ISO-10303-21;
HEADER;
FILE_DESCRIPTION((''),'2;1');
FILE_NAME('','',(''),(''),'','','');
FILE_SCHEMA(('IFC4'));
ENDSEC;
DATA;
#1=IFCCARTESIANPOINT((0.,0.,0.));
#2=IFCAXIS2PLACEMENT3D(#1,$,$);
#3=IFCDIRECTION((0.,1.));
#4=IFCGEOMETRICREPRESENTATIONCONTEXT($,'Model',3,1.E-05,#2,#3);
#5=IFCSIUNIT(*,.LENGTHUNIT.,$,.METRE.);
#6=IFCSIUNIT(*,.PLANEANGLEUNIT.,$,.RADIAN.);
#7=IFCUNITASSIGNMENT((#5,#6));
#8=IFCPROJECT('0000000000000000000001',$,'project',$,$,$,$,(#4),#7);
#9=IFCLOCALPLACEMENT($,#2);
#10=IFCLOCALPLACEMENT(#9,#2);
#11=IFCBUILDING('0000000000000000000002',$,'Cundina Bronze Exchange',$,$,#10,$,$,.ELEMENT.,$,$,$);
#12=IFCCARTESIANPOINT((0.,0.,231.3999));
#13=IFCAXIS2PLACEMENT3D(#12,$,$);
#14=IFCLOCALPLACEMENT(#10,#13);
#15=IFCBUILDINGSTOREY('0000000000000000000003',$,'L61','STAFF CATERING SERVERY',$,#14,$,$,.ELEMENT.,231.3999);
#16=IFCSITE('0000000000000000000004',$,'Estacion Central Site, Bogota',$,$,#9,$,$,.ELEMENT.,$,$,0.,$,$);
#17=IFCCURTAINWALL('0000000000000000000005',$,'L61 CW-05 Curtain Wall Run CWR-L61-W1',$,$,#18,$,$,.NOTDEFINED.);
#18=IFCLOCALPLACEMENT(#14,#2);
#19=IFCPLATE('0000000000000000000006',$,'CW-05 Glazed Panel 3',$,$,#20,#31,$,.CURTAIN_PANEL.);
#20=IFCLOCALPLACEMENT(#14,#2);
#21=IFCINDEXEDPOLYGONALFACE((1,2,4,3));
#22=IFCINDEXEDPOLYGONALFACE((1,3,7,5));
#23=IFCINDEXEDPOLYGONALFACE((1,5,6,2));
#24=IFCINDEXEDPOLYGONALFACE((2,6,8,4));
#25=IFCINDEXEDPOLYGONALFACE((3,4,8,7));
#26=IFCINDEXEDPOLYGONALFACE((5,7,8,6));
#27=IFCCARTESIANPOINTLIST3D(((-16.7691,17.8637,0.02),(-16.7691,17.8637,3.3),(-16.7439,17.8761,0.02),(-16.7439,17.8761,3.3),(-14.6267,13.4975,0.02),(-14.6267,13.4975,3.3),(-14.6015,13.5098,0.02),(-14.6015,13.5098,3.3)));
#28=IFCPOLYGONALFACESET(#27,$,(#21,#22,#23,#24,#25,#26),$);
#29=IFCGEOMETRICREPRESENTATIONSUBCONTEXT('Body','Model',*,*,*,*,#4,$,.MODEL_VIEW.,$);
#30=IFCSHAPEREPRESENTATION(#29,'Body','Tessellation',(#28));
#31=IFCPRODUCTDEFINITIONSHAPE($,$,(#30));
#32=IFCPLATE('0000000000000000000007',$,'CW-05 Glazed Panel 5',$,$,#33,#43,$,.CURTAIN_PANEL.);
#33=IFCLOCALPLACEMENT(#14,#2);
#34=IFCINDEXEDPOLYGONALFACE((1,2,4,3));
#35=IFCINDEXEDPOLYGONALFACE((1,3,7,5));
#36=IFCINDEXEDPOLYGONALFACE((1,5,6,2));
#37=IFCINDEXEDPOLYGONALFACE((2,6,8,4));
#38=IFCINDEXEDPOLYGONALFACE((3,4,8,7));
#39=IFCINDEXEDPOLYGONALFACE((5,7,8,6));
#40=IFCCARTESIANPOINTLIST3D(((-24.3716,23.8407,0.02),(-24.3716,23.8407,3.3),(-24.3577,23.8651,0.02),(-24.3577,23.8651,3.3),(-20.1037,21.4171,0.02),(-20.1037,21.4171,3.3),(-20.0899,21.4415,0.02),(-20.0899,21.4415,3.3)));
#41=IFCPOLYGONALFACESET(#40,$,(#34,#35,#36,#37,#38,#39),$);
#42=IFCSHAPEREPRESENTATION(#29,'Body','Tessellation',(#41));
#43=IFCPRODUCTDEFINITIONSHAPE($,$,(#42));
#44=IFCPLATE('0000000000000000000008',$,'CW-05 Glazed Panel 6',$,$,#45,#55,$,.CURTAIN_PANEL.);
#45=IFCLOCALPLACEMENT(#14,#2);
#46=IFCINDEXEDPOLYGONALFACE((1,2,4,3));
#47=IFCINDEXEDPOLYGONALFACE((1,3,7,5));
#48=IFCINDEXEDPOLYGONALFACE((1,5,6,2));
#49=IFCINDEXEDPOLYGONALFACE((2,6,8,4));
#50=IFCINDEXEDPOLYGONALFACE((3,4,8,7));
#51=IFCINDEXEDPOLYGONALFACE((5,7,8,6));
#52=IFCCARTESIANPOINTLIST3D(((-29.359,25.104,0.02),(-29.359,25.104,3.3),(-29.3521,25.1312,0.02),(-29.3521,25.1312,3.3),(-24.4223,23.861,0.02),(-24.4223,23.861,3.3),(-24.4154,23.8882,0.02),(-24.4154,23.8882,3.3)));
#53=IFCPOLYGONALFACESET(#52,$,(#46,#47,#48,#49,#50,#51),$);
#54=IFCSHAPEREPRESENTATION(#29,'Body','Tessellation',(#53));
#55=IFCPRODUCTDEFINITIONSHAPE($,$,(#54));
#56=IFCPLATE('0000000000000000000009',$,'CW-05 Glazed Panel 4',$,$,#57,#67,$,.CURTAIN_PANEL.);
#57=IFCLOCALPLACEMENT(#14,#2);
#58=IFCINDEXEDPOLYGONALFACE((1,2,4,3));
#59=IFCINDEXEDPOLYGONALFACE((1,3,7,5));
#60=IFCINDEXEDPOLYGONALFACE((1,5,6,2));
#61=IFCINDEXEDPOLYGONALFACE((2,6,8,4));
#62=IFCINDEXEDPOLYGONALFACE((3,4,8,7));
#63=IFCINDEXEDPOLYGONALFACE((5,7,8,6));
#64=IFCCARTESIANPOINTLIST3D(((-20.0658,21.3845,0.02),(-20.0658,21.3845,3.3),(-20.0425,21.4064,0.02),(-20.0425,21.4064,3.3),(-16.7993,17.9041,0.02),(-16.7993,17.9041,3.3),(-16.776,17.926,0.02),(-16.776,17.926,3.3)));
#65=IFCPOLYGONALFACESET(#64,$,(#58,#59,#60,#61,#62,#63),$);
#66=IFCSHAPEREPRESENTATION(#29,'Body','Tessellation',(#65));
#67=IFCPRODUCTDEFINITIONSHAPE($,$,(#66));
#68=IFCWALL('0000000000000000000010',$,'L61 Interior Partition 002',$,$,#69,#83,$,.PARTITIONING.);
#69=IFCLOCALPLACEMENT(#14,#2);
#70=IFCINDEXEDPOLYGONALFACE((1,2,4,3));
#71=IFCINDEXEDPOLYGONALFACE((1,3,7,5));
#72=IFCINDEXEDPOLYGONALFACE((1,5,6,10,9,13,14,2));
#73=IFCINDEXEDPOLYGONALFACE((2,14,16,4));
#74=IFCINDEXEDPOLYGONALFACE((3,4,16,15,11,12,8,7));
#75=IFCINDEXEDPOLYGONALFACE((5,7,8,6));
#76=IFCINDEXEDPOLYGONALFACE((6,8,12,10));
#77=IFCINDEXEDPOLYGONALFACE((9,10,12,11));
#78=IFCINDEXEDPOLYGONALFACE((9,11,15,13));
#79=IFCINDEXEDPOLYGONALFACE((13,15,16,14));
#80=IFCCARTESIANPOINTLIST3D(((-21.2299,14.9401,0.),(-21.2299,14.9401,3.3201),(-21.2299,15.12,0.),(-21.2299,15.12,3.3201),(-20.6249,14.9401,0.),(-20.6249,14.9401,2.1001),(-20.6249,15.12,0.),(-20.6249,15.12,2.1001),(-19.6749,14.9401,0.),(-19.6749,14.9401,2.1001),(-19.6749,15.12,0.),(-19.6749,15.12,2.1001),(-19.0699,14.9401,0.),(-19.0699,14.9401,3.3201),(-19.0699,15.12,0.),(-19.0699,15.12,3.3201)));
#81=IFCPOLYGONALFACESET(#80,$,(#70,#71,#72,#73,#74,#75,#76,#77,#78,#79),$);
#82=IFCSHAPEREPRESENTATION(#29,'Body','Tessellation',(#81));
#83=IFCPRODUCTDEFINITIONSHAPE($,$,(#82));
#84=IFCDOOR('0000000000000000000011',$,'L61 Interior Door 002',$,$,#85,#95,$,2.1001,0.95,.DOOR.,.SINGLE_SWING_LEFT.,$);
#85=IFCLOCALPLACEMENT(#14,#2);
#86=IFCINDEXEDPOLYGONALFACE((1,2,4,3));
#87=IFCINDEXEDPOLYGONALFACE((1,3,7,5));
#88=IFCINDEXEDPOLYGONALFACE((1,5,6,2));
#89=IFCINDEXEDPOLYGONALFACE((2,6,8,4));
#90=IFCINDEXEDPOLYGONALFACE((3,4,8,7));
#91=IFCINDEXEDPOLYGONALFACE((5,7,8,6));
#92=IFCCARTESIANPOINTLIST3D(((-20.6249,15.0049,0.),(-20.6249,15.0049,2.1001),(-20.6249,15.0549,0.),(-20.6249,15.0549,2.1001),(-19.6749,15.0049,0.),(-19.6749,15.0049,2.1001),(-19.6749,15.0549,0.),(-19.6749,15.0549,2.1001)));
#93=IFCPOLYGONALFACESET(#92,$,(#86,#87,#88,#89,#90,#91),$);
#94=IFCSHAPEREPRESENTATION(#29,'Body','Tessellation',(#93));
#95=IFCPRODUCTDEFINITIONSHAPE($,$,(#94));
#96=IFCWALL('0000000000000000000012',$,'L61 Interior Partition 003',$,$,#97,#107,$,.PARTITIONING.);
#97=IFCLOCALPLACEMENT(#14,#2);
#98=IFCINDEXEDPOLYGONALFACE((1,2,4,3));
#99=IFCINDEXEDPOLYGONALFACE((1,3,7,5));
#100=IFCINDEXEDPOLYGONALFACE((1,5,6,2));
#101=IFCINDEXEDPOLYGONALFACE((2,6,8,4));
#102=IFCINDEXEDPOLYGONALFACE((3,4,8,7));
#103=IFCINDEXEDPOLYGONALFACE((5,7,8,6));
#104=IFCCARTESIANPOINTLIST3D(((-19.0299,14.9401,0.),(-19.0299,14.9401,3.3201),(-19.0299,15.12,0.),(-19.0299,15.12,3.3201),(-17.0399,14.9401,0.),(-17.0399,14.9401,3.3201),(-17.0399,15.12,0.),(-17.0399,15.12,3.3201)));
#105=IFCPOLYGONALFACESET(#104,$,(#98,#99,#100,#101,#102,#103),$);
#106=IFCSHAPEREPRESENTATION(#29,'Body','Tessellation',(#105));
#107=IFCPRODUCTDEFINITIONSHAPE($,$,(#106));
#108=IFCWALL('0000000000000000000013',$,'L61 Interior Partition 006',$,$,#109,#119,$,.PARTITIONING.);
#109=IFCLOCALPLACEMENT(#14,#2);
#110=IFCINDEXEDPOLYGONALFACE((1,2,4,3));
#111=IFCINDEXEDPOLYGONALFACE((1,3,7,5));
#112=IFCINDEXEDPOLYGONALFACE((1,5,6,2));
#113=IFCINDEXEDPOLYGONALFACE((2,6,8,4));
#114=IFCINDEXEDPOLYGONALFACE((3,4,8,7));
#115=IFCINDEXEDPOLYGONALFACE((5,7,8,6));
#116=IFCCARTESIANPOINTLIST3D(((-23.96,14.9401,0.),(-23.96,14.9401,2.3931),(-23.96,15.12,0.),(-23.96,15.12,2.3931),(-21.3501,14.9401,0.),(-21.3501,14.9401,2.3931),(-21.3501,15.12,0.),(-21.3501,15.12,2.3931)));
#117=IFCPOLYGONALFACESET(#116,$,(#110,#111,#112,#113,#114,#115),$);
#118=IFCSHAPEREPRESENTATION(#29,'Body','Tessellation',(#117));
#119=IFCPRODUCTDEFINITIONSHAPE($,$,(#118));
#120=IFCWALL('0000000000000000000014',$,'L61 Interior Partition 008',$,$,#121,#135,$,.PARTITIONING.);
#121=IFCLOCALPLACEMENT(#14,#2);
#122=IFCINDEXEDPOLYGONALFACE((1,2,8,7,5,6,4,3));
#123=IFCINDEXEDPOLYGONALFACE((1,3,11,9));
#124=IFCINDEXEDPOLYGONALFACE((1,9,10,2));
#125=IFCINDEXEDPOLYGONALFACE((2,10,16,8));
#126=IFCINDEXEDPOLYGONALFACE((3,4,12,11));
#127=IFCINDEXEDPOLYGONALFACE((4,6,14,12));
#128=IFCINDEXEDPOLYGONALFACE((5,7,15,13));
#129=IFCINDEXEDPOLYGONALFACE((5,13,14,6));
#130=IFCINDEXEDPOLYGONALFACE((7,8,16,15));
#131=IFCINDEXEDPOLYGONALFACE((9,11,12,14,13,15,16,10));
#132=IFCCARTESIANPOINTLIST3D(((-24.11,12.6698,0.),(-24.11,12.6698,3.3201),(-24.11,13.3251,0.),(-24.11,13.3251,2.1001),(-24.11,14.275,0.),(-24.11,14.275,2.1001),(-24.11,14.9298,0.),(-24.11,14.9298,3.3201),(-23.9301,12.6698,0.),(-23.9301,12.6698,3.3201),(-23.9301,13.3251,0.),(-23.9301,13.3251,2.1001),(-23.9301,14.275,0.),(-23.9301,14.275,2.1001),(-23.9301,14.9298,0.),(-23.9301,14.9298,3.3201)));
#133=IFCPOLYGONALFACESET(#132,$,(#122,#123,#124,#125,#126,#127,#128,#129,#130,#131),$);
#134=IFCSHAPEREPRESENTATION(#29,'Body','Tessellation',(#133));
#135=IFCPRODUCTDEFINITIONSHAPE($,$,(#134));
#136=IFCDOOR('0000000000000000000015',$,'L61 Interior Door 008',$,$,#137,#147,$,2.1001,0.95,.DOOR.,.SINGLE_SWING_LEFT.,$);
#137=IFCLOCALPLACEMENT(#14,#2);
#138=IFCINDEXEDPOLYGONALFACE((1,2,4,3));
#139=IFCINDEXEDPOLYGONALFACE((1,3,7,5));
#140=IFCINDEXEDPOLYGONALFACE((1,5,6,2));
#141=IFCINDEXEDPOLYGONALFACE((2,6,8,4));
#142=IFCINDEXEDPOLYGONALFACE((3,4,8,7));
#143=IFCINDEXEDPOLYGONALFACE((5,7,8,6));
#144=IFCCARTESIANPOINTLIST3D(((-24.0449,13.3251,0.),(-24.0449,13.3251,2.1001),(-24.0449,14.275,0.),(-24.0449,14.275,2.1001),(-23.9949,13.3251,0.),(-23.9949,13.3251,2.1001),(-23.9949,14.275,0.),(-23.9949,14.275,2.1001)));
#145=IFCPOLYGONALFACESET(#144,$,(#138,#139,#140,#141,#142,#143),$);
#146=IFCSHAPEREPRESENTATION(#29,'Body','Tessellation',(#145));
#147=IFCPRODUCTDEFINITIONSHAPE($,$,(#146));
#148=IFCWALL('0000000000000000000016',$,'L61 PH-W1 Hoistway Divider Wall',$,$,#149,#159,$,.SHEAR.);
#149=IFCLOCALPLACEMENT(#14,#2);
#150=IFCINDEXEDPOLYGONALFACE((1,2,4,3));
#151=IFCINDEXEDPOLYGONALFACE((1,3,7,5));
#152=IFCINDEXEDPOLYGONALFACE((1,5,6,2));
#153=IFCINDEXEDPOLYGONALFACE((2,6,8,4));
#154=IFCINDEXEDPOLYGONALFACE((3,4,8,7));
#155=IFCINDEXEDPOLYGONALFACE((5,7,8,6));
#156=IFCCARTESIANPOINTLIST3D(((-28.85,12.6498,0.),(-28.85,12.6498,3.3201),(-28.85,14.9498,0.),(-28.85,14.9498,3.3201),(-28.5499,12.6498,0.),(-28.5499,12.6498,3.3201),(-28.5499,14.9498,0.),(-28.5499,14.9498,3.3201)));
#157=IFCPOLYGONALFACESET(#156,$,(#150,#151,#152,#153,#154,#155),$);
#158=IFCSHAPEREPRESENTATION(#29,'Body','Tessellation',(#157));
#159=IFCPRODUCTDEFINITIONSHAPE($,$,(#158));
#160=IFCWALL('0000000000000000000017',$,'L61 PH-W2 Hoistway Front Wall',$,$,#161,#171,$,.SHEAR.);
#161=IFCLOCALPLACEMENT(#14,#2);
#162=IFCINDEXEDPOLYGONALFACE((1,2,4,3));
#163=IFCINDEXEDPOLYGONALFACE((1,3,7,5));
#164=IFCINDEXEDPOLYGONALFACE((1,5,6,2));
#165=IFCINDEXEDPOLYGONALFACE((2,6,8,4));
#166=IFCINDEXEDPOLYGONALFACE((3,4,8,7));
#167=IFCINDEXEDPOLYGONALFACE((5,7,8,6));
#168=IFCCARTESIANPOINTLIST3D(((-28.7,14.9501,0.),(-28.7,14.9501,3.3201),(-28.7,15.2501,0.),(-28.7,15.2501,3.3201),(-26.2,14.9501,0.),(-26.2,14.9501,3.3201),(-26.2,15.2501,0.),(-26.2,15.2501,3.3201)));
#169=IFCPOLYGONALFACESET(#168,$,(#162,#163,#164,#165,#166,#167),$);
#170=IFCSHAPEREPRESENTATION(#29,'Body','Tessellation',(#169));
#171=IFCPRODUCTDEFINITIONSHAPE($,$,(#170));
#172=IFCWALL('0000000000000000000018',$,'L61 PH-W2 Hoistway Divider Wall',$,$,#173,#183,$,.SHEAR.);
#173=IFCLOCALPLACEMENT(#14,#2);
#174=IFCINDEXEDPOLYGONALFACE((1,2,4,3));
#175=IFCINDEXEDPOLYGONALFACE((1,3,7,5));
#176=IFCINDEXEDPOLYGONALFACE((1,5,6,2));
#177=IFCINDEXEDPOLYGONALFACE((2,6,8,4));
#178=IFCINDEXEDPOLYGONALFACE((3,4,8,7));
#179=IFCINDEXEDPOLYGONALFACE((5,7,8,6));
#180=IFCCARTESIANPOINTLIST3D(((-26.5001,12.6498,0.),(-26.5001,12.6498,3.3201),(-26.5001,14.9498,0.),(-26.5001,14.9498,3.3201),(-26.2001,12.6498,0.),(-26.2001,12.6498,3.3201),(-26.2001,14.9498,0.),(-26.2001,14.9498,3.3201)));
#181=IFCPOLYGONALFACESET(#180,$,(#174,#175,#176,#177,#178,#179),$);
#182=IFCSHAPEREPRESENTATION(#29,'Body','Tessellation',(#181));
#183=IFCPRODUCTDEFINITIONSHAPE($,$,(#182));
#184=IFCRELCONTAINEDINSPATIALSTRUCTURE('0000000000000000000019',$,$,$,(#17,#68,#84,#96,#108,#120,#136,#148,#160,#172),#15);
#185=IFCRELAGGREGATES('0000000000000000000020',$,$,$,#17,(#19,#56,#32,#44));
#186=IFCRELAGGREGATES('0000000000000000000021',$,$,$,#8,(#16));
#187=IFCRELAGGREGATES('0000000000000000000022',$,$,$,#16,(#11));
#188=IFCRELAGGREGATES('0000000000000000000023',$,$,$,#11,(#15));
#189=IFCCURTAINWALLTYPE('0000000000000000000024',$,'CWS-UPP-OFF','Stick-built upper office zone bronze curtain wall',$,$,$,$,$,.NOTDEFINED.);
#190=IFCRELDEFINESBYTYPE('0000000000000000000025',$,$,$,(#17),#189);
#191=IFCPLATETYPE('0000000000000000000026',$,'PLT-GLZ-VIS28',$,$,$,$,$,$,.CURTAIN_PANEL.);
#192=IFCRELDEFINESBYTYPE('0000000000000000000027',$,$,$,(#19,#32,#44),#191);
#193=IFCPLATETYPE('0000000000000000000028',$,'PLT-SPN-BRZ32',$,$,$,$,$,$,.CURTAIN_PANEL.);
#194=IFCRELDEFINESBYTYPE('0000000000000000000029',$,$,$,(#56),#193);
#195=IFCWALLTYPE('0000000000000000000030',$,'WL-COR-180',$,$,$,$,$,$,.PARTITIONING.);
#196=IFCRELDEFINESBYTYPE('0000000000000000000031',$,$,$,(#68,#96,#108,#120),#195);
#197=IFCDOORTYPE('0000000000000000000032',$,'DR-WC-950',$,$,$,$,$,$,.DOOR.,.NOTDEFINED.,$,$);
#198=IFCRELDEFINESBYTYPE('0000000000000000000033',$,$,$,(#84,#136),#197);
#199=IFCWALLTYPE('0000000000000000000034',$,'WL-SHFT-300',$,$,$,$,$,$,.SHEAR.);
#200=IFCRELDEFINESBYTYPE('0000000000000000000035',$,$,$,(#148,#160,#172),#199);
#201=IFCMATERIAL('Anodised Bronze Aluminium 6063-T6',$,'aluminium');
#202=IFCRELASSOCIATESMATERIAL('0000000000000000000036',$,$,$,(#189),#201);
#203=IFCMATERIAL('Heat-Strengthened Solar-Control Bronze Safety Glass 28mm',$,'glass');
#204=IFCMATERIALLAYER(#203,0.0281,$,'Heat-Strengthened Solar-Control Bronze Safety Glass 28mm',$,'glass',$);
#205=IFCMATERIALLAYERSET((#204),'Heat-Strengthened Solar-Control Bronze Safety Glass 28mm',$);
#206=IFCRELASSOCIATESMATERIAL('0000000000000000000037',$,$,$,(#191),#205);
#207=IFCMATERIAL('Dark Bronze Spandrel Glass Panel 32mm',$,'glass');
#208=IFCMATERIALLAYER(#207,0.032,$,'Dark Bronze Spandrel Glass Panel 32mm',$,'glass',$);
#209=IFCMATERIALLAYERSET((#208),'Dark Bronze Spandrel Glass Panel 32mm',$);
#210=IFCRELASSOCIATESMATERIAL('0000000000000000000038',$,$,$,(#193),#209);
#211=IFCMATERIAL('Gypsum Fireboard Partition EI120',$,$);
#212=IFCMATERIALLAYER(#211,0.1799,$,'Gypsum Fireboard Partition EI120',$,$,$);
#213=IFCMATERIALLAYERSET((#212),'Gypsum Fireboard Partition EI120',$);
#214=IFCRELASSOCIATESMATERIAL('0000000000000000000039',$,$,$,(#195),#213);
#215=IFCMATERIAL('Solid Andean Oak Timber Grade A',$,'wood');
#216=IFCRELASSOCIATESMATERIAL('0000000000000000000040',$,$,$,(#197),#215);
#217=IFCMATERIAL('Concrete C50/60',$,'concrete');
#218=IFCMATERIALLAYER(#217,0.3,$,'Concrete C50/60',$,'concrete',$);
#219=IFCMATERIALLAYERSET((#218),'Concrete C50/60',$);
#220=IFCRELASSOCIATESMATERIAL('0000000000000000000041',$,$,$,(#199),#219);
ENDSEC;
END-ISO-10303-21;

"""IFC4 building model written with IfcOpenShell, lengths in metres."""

from ifc_helpers import new_model, si_unit, direction, frame, frame_2d, origin, origin_2d, place, context, subcontext, project, spatial, rectangle, extrude, material, layer, layer_set, type_object, element, fill, aggregate, save


model = new_model("IFC4")

# Units and contexts
model_context = context("Model", 3, precision=1e-05, world=origin(), true_north=direction((0.0, 1.0)))
body_context = subcontext(model_context, "Body", "Model", "MODEL_VIEW")
ifc_project = project(units=[si_unit("LENGTHUNIT", "METRE"), si_unit("PLANEANGLEUNIT", "RADIAN")], contexts=[model_context])

# Site, building, storey
site_placement = place(None, origin())
site = spatial("IfcSite", under=ifc_project, at=site_placement, Name="Estacion Central Site, Bogota", CompositionType="ELEMENT", RefElevation=0.0)
building_placement = place(site_placement, origin())
building = spatial("IfcBuilding", under=site, at=building_placement, Name="Cundina Bronze Exchange", CompositionType="ELEMENT")
storey_placement = place(building_placement, frame((0.0, 0.0, 231.3999)))
storey = spatial("IfcBuildingStorey", under=building, at=storey_placement, Name="L61", Description="STAFF CATERING SERVERY", CompositionType="ELEMENT", Elevation=231.3999)

# Shared definitions
ifc_material_1 = material(Name="Concrete C50/60", Category="concrete")

# Curtain wall, plates
ifc_material_2 = material(Name="Anodised Bronze Aluminium 6063-T6", Category="aluminium")
curtain_wall_type = type_object("IfcCurtainWallType", Name="CWS-UPP-OFF", Description="Stick-built upper office zone bronze curtain wall", PredefinedType="NOTDEFINED", material=ifc_material_2)
curtain_wall_placement = place(storey_placement, origin())
curtain_wall = element("IfcCurtainWall", 1, at=curtain_wall_placement, inside=storey, type_object=curtain_wall_type, Name="L61 CW-05 Curtain Wall Run CWR-L61-W1", PredefinedType="NOTDEFINED")
ifc_material_3 = material(Name="Heat-Strengthened Solar-Control Bronze Safety Glass 28mm", Category="glass")
ifc_layer_1 = layer(ifc_material_3, 0.0281, Name="Heat-Strengthened Solar-Control Bronze Safety Glass 28mm", Category="glass")
ifc_layer_set_1 = layer_set([ifc_layer_1], Name="Heat-Strengthened Solar-Control Bronze Safety Glass 28mm")
plate_type_1 = type_object("IfcPlateType", Name="PLT-GLZ-VIS28", PredefinedType="CURTAIN_PANEL", material=ifc_layer_set_1)
plate_1_placement = place(storey_placement, frame((-15.6853, 15.6868, 0.02), z_axis=(0.0, 0.0, 1.0), x_axis=(-0.440503, 0.897751, 0.0)))
plate_1 = element("IfcPlate", 2, at=plate_1_placement, type_object=plate_type_1, Name="CW-05 Glazed Panel 3", PredefinedType="CURTAIN_PANEL", context=body_context, shape_type="SweptSolid", body=[
    extrude(rectangle(XDim=4.8635, YDim=0.0281, at=origin_2d()), origin(), (0.0, 0.0, 1.0), 3.28),
])
plate_2_placement = place(storey_placement, frame((-22.2307, 22.6411, 0.02), z_axis=(0.0, 0.0, 1.0), x_axis=(-0.869573, 0.493805, 0.0)))
plate_2 = element("IfcPlate", 3, at=plate_2_placement, type_object=plate_type_1, Name="CW-05 Glazed Panel 5", PredefinedType="CURTAIN_PANEL", context=body_context, shape_type="SweptSolid", body=[
    extrude(rectangle(XDim=4.908, YDim=0.0281, at=origin_2d()), origin(), (0.0, 0.0, 1.0), 3.28),
])
plate_3_placement = place(storey_placement, frame((-26.8872, 24.4961, 0.02), z_axis=(0.0, 0.0, 1.0), x_axis=(-0.969732, 0.244174, 0.0)))
plate_3 = element("IfcPlate", 4, at=plate_3_placement, type_object=plate_type_1, Name="CW-05 Glazed Panel 6", PredefinedType="CURTAIN_PANEL", context=body_context, shape_type="SweptSolid", body=[
    extrude(rectangle(XDim=5.0908, YDim=0.0281, at=origin_2d()), origin(), (0.0, 0.0, 1.0), 3.28),
])
ifc_material_4 = material(Name="Dark Bronze Spandrel Glass Panel 32mm", Category="glass")
ifc_layer_2 = layer(ifc_material_4, 0.032, Name="Dark Bronze Spandrel Glass Panel 32mm", Category="glass")
ifc_layer_set_2 = layer_set([ifc_layer_2], Name="Dark Bronze Spandrel Glass Panel 32mm")
plate_type_2 = type_object("IfcPlateType", Name="PLT-SPN-BRZ32", PredefinedType="CURTAIN_PANEL", material=ifc_layer_set_2)
plate_4_placement = place(storey_placement, frame((-18.4209, 19.6553, 0.02), z_axis=(0.0, 0.0, 1.0), x_axis=(-0.684344, 0.72916, 0.0)))
plate_4 = element("IfcPlate", 5, at=plate_4_placement, type_object=plate_type_2, Name="CW-05 Glazed Panel 4", PredefinedType="CURTAIN_PANEL", context=body_context, shape_type="SweptSolid", body=[
    extrude(rectangle(XDim=4.7732, YDim=0.032, at=origin_2d()), origin(), (0.0, 0.0, 1.0), 3.28),
])
aggregate(curtain_wall, [plate_1, plate_4, plate_2, plate_3])

# Wall, opening, door
ifc_material_5 = material(Name="Gypsum Fireboard Partition EI120")
ifc_layer_3 = layer(ifc_material_5, 0.1799, Name="Gypsum Fireboard Partition EI120")
ifc_layer_set_3 = layer_set([ifc_layer_3], Name="Gypsum Fireboard Partition EI120")
wall_type_1 = type_object("IfcWallType", Name="WL-COR-180", PredefinedType="PARTITIONING", material=ifc_layer_set_3)
wall_1_placement = place(storey_placement, frame((-21.23, 15.03, 0.0), z_axis=(0.0, 0.0, 1.0), x_axis=(1.0, 0.0, 0.0)))
wall_1 = element("IfcWall", 6, at=wall_1_placement, inside=storey, type_object=wall_type_1, Name="L61 Interior Partition 002", PredefinedType="PARTITIONING", context=body_context, shape_type="SweptSolid", body=[
    extrude(rectangle(XDim=2.1599, YDim=0.1799, at=frame_2d((1.0801, 0.0))), origin(), (0.0, 0.0, 1.0), 3.3201),
])
opening_1_placement = place(wall_1_placement, frame((0.605, 0.0, 0.0)))
opening_1 = element("IfcOpeningElement", 7, at=opening_1_placement, cuts=wall_1, PredefinedType="OPENING", context=body_context, shape_type="SweptSolid", body=[
    extrude(rectangle(XDim=0.95, YDim=2.1001, at=frame_2d((0.4751, 1.05))), frame((0.0, 0.0999, 0.0), z_axis=(0.0, -1.0, 0.0), x_axis=(1.0, 0.0, 0.0)), (0.0, 0.0, 1.0), 0.2),
])
ifc_material_6 = material(Name="Solid Andean Oak Timber Grade A", Category="wood")
door_type_1 = type_object("IfcDoorType", Name="DR-WC-950", OperationType="NOTDEFINED", PredefinedType="DOOR", material=ifc_material_6)
door_1_placement = place(opening_1_placement, origin())
door_1 = element("IfcDoor", 8, at=door_1_placement, inside=storey, type_object=door_type_1, Name="L61 Interior Door 002", OperationType="SINGLE_SWING_LEFT", OverallHeight=2.1001, OverallWidth=0.95, PredefinedType="DOOR", context=body_context, shape_type="SweptSolid", body=[
    extrude(rectangle(XDim=0.95, YDim=2.1001, at=frame_2d((0.4751, 1.05))), frame((0.0, 0.0249, 0.0), z_axis=(0.0, -1.0, 0.0), x_axis=(1.0, 0.0, 0.0)), (0.0, 0.0, 1.0), 0.05),
])
fill(opening_1, door_1)

# Walls
wall_2_placement = place(storey_placement, frame((-19.03, 15.03, 0.0), z_axis=(0.0, 0.0, 1.0), x_axis=(1.0, 0.0, 0.0)))
element("IfcWall", 9, at=wall_2_placement, inside=storey, type_object=wall_type_1, Name="L61 Interior Partition 003", PredefinedType="PARTITIONING", context=body_context, shape_type="SweptSolid", body=[
    extrude(rectangle(XDim=1.99, YDim=0.1799, at=frame_2d((0.9951, 0.0))), origin(), (0.0, 0.0, 1.0), 3.3201),
])
wall_3_placement = place(storey_placement, frame((-23.96, 15.03, 0.0), z_axis=(0.0, 0.0, 1.0), x_axis=(1.0, 0.0, 0.0)))
element("IfcWall", 10, at=wall_3_placement, inside=storey, type_object=wall_type_1, Name="L61 Interior Partition 006", PredefinedType="PARTITIONING", context=body_context, shape_type="SweptSolid", body=[
    extrude(rectangle(XDim=2.6099, YDim=0.1799, at=frame_2d((1.3049, 0.0))), origin(), (0.0, 0.0, 1.0), 2.3931),
])

# Wall, opening, door
wall_4_placement = place(storey_placement, frame((-24.02, 12.6699, 0.0), z_axis=(0.0, 0.0, 1.0), x_axis=(0.0, 1.0, 0.0)))
wall_4 = element("IfcWall", 11, at=wall_4_placement, inside=storey, type_object=wall_type_1, Name="L61 Interior Partition 008", PredefinedType="PARTITIONING", context=body_context, shape_type="SweptSolid", body=[
    extrude(rectangle(XDim=2.26, YDim=0.1799, at=frame_2d((1.1299, 0.0))), origin(), (0.0, 0.0, 1.0), 3.3201),
])
opening_2_placement = place(wall_4_placement, frame((0.655, 0.0, 0.0)))
opening_2 = element("IfcOpeningElement", 12, at=opening_2_placement, cuts=wall_4, PredefinedType="OPENING", context=body_context, shape_type="SweptSolid", body=[
    extrude(rectangle(XDim=0.95, YDim=2.1001, at=frame_2d((0.4751, 1.05))), frame((0.0, 0.0999, 0.0), z_axis=(0.0, -1.0, 0.0), x_axis=(1.0, 0.0, 0.0)), (0.0, 0.0, 1.0), 0.2),
])
door_2_placement = place(opening_2_placement, origin())
door_2 = element("IfcDoor", 13, at=door_2_placement, inside=storey, type_object=door_type_1, Name="L61 Interior Door 008", OperationType="SINGLE_SWING_LEFT", OverallHeight=2.1001, OverallWidth=0.95, PredefinedType="DOOR", context=body_context, shape_type="SweptSolid", body=[
    extrude(rectangle(XDim=0.95, YDim=2.1001, at=frame_2d((0.4751, 1.05))), frame((0.0, 0.0249, 0.0), z_axis=(0.0, -1.0, 0.0), x_axis=(1.0, 0.0, 0.0)), (0.0, 0.0, 1.0), 0.05),
])
fill(opening_2, door_2)
ifc_layer_4 = layer(ifc_material_1, 0.3, Name="Concrete C50/60", Category="concrete")
ifc_layer_set_4 = layer_set([ifc_layer_4], Name="Concrete C50/60")
wall_type_2 = type_object("IfcWallType", Name="WL-SHFT-300", PredefinedType="SHEAR", material=ifc_layer_set_4)

# Walls
wall_5_placement = place(storey_placement, frame((-28.7, 12.6499, 0.0), z_axis=(0.0, 0.0, 1.0), x_axis=(0.0, 1.0, 0.0)))
element("IfcWall", 14, at=wall_5_placement, inside=storey, type_object=wall_type_2, Name="L61 PH-W1 Hoistway Divider Wall", PredefinedType="SHEAR", context=body_context, shape_type="SweptSolid", body=[
    extrude(rectangle(XDim=2.3, YDim=0.3, at=frame_2d((1.1499, 0.0))), origin(), (0.0, 0.0, 1.0), 3.3201),
])
wall_6_placement = place(storey_placement, frame((-28.7, 15.1001, 0.0), z_axis=(0.0, 0.0, 1.0), x_axis=(1.0, 0.0, 0.0)))
element("IfcWall", 15, at=wall_6_placement, inside=storey, type_object=wall_type_2, Name="L61 PH-W2 Hoistway Front Wall", PredefinedType="SHEAR", context=body_context, shape_type="SweptSolid", body=[
    extrude(rectangle(XDim=2.5, YDim=0.3, at=frame_2d((1.25, 0.0))), origin(), (0.0, 0.0, 1.0), 3.3201),
])
wall_7_placement = place(storey_placement, frame((-26.3501, 12.6499, 0.0), z_axis=(0.0, 0.0, 1.0), x_axis=(0.0, 1.0, 0.0)))
element("IfcWall", 16, at=wall_7_placement, inside=storey, type_object=wall_type_2, Name="L61 PH-W2 Hoistway Divider Wall", PredefinedType="SHEAR", context=body_context, shape_type="SweptSolid", body=[
    extrude(rectangle(XDim=2.3, YDim=0.3, at=frame_2d((1.1499, 0.0))), origin(), (0.0, 0.0, 1.0), 3.3201),
])

save(model, "model.ifc")
